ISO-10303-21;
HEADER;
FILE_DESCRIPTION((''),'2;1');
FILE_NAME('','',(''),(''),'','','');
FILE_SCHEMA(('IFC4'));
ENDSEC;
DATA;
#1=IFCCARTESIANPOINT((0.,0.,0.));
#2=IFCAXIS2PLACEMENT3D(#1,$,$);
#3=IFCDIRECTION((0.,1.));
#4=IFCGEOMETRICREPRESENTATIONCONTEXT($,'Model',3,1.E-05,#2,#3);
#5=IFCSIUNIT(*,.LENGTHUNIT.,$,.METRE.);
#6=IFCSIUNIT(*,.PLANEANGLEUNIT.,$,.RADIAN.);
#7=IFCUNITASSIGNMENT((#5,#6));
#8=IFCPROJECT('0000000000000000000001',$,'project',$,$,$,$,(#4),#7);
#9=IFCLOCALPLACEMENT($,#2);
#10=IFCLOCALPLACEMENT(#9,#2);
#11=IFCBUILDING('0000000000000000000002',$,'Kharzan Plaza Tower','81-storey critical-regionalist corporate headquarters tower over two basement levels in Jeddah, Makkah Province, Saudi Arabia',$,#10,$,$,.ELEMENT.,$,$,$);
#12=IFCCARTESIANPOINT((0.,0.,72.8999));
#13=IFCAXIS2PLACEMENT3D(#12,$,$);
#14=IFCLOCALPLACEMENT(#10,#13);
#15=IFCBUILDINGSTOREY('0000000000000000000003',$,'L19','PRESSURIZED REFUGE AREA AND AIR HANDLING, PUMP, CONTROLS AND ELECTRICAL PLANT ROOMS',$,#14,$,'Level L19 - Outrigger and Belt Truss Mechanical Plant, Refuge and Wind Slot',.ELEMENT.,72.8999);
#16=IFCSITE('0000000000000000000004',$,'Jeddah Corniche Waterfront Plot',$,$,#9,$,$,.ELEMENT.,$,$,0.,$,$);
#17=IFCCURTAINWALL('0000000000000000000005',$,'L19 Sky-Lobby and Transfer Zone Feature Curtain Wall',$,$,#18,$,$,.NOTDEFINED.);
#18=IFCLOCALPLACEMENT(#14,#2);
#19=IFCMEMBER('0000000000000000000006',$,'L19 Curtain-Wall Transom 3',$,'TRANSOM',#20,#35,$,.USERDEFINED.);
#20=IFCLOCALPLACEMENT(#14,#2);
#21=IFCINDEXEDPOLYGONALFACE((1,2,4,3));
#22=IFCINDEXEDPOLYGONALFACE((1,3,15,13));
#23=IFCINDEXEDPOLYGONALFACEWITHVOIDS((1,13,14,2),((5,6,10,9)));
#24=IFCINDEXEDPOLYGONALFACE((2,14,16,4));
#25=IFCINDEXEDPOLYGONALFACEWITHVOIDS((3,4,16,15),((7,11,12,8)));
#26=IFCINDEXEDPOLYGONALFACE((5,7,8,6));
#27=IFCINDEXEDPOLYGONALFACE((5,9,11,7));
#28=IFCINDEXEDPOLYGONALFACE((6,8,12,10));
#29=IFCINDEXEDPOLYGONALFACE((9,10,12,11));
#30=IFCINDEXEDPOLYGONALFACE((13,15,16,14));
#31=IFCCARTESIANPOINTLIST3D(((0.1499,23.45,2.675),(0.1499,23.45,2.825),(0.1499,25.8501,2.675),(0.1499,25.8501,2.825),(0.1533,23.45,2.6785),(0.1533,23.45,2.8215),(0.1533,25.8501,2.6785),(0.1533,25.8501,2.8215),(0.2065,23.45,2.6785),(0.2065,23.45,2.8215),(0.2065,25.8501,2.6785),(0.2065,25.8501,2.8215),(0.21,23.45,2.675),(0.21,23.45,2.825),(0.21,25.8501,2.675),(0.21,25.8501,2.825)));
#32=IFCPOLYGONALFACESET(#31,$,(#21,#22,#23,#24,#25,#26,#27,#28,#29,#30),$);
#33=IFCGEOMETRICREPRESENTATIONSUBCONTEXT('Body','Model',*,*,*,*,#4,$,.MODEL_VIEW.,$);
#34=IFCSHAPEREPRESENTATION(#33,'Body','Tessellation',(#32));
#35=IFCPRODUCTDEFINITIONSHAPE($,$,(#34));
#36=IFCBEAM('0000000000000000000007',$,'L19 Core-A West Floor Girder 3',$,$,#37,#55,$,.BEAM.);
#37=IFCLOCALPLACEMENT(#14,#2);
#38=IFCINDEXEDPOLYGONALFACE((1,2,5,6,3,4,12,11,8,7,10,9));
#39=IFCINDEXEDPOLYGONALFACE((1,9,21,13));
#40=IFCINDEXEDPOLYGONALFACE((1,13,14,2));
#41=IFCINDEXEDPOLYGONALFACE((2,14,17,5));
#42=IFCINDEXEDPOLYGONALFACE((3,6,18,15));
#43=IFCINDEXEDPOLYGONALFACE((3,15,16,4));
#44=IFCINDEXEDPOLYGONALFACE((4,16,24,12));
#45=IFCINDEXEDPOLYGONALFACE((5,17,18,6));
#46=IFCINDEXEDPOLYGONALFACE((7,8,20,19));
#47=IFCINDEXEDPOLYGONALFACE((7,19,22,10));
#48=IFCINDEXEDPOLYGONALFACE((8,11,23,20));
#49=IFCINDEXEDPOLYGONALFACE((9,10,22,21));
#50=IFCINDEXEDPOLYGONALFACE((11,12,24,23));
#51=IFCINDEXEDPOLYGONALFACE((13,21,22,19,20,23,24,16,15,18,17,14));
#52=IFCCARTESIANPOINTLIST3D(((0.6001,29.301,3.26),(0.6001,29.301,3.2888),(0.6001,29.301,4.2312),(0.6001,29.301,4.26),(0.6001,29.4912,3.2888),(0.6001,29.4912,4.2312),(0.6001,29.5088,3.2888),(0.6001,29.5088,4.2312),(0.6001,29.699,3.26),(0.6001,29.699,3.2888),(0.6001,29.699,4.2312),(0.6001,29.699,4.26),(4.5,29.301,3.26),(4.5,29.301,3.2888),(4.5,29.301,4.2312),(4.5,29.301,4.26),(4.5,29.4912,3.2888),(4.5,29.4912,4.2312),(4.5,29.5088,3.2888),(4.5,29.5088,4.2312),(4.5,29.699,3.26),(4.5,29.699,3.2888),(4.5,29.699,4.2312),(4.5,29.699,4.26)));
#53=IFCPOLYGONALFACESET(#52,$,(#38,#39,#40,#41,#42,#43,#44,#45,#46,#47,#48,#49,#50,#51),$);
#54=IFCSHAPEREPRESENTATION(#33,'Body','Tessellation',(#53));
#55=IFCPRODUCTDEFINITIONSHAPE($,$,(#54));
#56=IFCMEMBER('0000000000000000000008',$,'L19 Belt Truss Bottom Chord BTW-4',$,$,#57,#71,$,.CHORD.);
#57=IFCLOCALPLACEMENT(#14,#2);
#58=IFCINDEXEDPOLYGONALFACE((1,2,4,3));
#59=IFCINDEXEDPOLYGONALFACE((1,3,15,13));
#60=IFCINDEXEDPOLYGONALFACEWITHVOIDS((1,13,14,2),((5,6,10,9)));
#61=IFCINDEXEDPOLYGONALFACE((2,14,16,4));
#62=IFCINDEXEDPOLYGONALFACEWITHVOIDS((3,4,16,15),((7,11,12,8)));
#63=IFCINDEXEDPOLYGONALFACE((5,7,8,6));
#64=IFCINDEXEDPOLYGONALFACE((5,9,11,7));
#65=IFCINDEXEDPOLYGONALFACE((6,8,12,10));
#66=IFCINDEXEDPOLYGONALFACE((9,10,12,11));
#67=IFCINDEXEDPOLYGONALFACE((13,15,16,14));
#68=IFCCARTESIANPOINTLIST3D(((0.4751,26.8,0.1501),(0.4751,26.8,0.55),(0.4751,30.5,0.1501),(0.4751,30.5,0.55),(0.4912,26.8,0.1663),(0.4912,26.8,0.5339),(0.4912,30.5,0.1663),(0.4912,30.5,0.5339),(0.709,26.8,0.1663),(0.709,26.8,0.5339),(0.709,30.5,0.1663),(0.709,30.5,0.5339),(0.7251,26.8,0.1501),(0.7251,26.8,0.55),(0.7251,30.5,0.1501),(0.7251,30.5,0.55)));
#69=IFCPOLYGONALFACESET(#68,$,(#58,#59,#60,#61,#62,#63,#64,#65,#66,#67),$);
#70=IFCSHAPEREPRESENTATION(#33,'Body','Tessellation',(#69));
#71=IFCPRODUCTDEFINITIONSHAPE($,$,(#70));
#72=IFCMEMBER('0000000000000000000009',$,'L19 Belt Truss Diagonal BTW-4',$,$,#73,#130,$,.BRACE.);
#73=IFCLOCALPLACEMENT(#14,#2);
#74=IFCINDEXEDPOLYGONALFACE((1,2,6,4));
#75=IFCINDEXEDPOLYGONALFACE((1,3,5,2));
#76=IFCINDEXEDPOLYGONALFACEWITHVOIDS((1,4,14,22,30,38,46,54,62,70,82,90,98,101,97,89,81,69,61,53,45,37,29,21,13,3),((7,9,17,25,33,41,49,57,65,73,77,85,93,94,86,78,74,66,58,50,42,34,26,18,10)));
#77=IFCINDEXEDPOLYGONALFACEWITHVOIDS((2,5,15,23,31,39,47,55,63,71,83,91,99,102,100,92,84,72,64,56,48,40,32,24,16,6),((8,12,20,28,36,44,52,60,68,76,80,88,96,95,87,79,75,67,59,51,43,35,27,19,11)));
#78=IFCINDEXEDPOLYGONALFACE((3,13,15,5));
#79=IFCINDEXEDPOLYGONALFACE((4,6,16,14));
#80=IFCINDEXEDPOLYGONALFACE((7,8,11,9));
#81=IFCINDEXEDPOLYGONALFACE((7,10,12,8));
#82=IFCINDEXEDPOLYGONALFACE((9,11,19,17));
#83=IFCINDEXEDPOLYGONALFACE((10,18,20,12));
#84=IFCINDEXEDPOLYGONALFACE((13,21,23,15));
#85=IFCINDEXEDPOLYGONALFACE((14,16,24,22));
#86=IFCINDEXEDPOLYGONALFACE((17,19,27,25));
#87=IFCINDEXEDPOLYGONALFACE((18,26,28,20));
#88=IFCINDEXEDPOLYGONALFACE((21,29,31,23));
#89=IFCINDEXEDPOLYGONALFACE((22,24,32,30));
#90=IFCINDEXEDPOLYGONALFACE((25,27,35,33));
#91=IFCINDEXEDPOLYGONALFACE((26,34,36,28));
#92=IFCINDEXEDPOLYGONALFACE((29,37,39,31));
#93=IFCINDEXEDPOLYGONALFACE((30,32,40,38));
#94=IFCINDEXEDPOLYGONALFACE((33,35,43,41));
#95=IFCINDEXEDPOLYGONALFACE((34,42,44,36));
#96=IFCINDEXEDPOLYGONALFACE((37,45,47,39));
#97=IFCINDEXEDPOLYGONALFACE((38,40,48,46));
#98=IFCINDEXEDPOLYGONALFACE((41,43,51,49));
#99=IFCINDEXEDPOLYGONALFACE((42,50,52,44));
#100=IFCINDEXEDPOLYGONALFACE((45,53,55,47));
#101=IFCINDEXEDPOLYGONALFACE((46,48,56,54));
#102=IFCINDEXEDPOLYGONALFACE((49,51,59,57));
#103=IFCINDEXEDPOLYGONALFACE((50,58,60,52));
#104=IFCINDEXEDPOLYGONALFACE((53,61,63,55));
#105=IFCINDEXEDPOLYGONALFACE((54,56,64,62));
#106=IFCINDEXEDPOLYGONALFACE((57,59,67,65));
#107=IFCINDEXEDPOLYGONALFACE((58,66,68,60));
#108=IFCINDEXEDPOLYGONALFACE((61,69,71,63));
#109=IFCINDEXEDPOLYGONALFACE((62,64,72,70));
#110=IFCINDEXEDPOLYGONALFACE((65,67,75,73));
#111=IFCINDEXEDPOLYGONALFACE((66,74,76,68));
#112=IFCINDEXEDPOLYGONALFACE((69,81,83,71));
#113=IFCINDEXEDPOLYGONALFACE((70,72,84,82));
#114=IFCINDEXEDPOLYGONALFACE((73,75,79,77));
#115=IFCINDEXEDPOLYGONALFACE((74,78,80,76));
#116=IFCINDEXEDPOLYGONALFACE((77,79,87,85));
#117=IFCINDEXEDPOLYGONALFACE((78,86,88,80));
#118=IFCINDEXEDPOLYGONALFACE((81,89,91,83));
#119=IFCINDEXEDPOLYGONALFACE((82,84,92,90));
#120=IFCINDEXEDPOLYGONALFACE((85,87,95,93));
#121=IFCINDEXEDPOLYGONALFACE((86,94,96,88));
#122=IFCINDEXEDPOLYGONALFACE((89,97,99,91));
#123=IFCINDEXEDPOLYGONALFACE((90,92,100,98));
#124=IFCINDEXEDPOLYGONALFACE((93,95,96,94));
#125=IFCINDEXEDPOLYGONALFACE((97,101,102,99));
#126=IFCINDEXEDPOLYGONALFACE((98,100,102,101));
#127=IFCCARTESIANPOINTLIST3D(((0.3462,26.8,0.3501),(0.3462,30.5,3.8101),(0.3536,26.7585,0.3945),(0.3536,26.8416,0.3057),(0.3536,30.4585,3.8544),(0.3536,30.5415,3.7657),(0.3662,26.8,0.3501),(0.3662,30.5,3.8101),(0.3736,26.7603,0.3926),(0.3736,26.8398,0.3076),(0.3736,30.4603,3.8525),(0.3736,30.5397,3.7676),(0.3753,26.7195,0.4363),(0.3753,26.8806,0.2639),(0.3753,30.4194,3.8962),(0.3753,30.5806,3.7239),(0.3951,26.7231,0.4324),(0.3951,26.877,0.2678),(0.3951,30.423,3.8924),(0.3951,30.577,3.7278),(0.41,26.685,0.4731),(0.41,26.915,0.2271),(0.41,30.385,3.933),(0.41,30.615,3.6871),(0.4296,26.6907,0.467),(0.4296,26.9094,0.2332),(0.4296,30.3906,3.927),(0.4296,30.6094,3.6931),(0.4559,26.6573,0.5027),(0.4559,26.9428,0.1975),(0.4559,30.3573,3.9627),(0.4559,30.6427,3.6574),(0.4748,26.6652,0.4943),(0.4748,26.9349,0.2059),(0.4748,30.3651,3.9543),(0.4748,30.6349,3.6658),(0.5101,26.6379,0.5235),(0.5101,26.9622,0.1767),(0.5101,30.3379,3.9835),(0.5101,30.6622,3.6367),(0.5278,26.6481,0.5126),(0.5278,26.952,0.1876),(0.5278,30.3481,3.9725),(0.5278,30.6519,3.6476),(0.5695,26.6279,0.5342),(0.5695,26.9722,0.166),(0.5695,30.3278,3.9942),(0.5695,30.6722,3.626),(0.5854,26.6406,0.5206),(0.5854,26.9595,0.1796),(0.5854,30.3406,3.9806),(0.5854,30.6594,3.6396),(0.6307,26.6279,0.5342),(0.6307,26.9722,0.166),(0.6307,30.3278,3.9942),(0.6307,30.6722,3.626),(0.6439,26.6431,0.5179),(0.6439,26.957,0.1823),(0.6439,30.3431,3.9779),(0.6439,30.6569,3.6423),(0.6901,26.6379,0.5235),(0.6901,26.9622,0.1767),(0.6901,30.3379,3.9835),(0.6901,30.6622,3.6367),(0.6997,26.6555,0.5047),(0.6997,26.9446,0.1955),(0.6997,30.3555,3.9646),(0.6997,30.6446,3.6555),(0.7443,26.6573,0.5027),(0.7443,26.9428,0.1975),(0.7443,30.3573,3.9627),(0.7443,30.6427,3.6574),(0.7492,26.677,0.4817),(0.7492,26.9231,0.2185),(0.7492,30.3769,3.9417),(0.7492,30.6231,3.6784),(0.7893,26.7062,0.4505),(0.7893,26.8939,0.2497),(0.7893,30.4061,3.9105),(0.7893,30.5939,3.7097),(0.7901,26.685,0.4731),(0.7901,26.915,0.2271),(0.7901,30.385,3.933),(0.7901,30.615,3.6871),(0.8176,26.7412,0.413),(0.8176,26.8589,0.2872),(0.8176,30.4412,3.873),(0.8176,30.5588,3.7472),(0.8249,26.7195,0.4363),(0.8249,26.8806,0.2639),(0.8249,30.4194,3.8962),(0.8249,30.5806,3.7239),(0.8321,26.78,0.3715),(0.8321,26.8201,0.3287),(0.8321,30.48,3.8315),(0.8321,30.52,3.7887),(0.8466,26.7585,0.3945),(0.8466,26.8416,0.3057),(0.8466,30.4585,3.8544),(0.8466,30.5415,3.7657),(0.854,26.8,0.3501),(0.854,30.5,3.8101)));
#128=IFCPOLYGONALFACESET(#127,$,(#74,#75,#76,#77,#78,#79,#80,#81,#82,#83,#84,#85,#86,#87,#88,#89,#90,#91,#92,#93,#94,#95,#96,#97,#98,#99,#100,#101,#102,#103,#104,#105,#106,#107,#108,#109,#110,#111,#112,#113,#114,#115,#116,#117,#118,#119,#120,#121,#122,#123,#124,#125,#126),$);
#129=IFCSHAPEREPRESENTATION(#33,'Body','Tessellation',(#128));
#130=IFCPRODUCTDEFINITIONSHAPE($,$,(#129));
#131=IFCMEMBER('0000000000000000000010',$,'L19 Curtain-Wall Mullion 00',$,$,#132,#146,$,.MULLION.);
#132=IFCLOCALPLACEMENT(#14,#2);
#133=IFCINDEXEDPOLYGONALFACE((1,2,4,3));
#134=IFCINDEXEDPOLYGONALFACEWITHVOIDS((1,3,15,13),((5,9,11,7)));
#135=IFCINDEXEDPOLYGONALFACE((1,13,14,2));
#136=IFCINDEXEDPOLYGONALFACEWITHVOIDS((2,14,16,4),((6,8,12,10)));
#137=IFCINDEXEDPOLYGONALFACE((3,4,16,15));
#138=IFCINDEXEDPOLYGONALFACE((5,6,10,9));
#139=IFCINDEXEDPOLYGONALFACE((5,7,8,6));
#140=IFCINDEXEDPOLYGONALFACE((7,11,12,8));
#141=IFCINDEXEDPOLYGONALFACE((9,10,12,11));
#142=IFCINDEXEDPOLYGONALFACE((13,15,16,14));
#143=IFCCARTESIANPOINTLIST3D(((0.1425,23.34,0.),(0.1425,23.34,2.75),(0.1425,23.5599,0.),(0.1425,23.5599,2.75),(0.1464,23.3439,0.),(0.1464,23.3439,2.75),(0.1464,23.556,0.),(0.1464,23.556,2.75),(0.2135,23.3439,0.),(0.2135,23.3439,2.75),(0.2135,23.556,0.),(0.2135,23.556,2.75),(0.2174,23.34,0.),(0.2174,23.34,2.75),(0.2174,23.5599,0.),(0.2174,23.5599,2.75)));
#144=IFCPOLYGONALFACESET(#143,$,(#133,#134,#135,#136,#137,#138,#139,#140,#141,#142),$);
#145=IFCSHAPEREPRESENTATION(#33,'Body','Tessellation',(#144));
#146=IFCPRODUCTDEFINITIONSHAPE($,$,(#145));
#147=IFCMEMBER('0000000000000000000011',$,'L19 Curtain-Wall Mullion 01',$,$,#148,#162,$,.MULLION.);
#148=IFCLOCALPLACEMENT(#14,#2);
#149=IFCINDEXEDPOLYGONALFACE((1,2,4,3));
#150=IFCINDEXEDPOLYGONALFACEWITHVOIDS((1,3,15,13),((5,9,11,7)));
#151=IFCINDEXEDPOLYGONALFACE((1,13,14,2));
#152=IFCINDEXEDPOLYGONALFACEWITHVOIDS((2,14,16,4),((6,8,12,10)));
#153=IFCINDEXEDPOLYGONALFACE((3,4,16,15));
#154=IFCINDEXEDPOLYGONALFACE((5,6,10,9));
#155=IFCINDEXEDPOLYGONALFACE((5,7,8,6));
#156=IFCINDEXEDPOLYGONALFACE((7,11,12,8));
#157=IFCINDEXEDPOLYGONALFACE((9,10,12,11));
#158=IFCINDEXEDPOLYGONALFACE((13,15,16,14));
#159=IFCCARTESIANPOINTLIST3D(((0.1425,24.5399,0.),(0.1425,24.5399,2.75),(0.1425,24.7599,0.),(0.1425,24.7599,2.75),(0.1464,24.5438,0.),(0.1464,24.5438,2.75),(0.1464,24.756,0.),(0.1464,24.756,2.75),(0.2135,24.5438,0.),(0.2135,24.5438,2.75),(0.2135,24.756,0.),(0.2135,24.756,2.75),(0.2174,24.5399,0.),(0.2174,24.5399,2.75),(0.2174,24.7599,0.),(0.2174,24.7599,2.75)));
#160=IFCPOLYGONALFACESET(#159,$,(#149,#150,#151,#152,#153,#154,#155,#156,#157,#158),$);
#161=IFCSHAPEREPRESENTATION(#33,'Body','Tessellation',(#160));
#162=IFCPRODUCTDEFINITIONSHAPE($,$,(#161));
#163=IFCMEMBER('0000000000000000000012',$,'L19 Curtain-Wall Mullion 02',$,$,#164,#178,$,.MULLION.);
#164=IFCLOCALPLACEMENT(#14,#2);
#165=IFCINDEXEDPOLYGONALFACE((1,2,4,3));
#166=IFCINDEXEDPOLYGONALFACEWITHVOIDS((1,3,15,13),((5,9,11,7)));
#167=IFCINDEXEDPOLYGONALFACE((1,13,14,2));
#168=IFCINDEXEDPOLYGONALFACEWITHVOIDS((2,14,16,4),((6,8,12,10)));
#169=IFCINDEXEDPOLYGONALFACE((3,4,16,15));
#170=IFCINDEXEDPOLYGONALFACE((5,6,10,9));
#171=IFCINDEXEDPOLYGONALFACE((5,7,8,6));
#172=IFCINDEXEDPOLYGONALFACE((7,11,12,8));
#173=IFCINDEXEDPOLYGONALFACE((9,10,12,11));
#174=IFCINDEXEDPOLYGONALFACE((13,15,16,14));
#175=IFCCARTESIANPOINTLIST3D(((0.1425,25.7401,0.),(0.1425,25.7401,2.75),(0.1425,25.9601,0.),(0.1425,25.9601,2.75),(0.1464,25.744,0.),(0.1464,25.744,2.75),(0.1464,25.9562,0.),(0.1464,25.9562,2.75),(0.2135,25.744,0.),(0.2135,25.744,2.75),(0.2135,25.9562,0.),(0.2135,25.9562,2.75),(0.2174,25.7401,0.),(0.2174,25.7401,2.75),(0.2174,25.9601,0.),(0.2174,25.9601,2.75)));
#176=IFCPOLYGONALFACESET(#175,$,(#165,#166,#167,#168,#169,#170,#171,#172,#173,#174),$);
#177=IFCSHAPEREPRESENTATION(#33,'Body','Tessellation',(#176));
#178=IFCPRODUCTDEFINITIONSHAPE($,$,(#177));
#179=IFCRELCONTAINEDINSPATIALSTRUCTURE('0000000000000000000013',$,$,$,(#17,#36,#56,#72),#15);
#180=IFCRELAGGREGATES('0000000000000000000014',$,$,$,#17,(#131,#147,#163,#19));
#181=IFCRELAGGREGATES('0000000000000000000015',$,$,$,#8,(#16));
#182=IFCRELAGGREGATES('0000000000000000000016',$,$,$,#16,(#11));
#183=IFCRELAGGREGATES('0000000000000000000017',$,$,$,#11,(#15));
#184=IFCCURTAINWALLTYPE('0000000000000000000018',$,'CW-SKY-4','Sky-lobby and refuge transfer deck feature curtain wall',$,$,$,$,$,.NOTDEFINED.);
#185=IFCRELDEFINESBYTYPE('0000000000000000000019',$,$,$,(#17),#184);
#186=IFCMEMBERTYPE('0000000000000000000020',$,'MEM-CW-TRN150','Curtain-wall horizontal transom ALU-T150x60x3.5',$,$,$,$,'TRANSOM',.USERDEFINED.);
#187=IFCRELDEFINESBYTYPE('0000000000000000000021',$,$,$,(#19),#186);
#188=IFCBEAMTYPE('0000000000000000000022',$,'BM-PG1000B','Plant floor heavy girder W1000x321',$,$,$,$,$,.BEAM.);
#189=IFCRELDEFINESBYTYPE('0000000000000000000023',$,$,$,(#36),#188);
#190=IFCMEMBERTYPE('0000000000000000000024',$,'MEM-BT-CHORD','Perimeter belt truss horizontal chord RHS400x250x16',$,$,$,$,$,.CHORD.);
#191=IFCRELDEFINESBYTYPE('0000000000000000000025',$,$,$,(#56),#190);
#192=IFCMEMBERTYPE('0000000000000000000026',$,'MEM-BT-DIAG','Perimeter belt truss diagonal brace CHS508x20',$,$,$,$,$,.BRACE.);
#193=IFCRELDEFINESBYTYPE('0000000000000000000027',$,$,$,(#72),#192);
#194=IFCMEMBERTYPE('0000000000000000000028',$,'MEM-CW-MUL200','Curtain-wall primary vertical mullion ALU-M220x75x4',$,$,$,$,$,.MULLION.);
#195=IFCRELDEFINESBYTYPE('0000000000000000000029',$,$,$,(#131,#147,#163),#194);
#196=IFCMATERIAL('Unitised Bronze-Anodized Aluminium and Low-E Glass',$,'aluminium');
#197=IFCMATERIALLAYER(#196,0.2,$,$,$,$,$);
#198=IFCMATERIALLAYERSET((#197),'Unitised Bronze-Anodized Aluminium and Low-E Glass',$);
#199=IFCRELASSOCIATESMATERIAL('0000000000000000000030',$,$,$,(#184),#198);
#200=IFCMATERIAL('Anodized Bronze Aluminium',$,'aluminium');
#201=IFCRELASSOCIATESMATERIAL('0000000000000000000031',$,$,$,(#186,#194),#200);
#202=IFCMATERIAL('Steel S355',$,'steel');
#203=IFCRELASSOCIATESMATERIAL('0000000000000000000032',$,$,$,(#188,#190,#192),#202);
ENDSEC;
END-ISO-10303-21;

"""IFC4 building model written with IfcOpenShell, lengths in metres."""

from ifc_helpers import new_model, si_unit, direction, frame, origin, origin_2d, place, context, subcontext, project, spatial, hollow_rectangle, hollow_circle, i_section, extrude, source, transform, mapped, material, layer, layer_set, material_profile, profile_set, type_object, element, aggregate, save


model = new_model("IFC4")

# Units and contexts
model_context = context("Model", 3, precision=1e-05, world=origin(), true_north=direction((0.0, 1.0)))
body_context = subcontext(model_context, "Body", "Model", "MODEL_VIEW")
ifc_project = project(units=[si_unit("LENGTHUNIT", "METRE"), si_unit("PLANEANGLEUNIT", "RADIAN")], contexts=[model_context])

# Site, building, storey
site_placement = place(None, origin())
site = spatial("IfcSite", under=ifc_project, at=site_placement, Name="Jeddah Corniche Waterfront Plot", CompositionType="ELEMENT", RefElevation=0.0)
building_placement = place(site_placement, origin())
building = spatial("IfcBuilding", under=site, at=building_placement, Name="Kharzan Plaza Tower", Description="81-storey critical-regionalist corporate headquarters tower over two basement levels in Jeddah, Makkah Province, Saudi Arabia", CompositionType="ELEMENT")
storey_placement = place(building_placement, frame((0.0, 0.0, 72.8999)))
storey = spatial("IfcBuildingStorey", under=building, at=storey_placement, Name="L19", Description="PRESSURIZED REFUGE AREA AND AIR HANDLING, PUMP, CONTROLS AND ELECTRICAL PLANT ROOMS", LongName="Level L19 - Outrigger and Belt Truss Mechanical Plant, Refuge and Wind Slot", CompositionType="ELEMENT", Elevation=72.8999)

# Shared definitions
ifc_material_1 = material(Name="Steel S355", Category="steel")

# Curtain wall, member
ifc_material_2 = material(Name="Unitised Bronze-Anodized Aluminium and Low-E Glass", Category="aluminium")
ifc_layer_1 = layer(ifc_material_2, 0.2)
ifc_layer_set_1 = layer_set([ifc_layer_1], Name="Unitised Bronze-Anodized Aluminium and Low-E Glass")
curtain_wall_type = type_object("IfcCurtainWallType", Name="CW-SKY-4", Description="Sky-lobby and refuge transfer deck feature curtain wall", PredefinedType="NOTDEFINED", material=ifc_layer_set_1)
curtain_wall_placement = place(storey_placement, origin())
curtain_wall = element("IfcCurtainWall", 1, at=curtain_wall_placement, inside=storey, type_object=curtain_wall_type, Name="L19 Sky-Lobby and Transfer Zone Feature Curtain Wall", PredefinedType="NOTDEFINED")
ifc_material_3 = material(Name="Anodized Bronze Aluminium", Category="aluminium")
ifc_material_profile_1 = material_profile(ifc_material_3, hollow_rectangle(XDim=0.0601, YDim=0.1499, WallThickness=0.0034, at=origin_2d()), Name="ALU-T150x60x3.5")
ifc_profile_set_1 = profile_set([ifc_material_profile_1], Name="Anodized Bronze Aluminium")
member_type_1 = type_object("IfcMemberType", Name="MEM-CW-TRN150", Description="Curtain-wall horizontal transom ALU-T150x60x3.5", ElementType="TRANSOM", PredefinedType="USERDEFINED", material=ifc_profile_set_1)
shared_shape_1 = source(origin(), body_context, "Body", "SweptSolid", [
    extrude(hollow_rectangle(XDim=0.0601, YDim=0.1499, WallThickness=0.0034, at=origin_2d()), origin(), (0.0, 0.0, 1.0), 2.4001),
])
member_1_placement = place(storey_placement, frame((0.1799, 23.45, 2.75), z_axis=(0.0, 1.0, 0.0), x_axis=(-1.0, 0.0, 0.0)))
member_1 = element("IfcMember", 2, at=member_1_placement, type_object=member_type_1, Name="L19 Curtain-Wall Transom 3", ObjectType="TRANSOM", PredefinedType="USERDEFINED", context=body_context, shape_type="MappedRepresentation", body=[
    mapped(shared_shape_1, transform((0.0, 0.0, 0.0), x_axis=(1.0, 0.0, 0.0), y_axis=(0.0, 1.0, 0.0), z_axis=(0.0, 0.0, 1.0))),
])

# Beam
ifc_material_profile_2 = material_profile(ifc_material_1, i_section(OverallWidth=0.3979, OverallDepth=1.0, WebThickness=0.0176, FlangeThickness=0.0288, at=origin_2d()), Name="W1000x321")
ifc_profile_set_2 = profile_set([ifc_material_profile_2], Name="Steel S355")
beam_type_1 = type_object("IfcBeamType", Name="BM-PG1000B", Description="Plant floor heavy girder W1000x321", PredefinedType="BEAM", material=ifc_profile_set_2)
shared_shape_2 = source(origin(), body_context, "Body", "SweptSolid", [
    extrude(i_section(OverallWidth=0.3979, OverallDepth=1.0, WebThickness=0.0176, FlangeThickness=0.0288, at=origin_2d()), origin(), (0.0, 0.0, 1.0), 3.8999),
])
beam_1_placement = place(storey_placement, frame((0.6001, 29.5, 3.76), z_axis=(1.0, 0.0, 0.0), x_axis=(0.0, 1.0, 0.0)))
element("IfcBeam", 3, at=beam_1_placement, inside=storey, type_object=beam_type_1, Name="L19 Core-A West Floor Girder 3", PredefinedType="BEAM", context=body_context, shape_type="MappedRepresentation", body=[
    mapped(shared_shape_2, transform((0.0, 0.0, 0.0), x_axis=(1.0, 0.0, 0.0), y_axis=(0.0, 1.0, 0.0), z_axis=(0.0, 0.0, 1.0))),
])

# Members
ifc_material_profile_3 = material_profile(ifc_material_1, hollow_rectangle(XDim=0.25, YDim=0.3999, WallThickness=0.0161, at=origin_2d()), Name="RHS400x250x16")
ifc_profile_set_3 = profile_set([ifc_material_profile_3], Name="Steel S355")
member_type_2 = type_object("IfcMemberType", Name="MEM-BT-CHORD", Description="Perimeter belt truss horizontal chord RHS400x250x16", PredefinedType="CHORD", material=ifc_profile_set_3)
shared_shape_3 = source(origin(), body_context, "Body", "SweptSolid", [
    extrude(hollow_rectangle(XDim=0.25, YDim=0.3999, WallThickness=0.0161, at=origin_2d()), origin(), (0.0, 0.0, 1.0), 3.7),
])
member_2_placement = place(storey_placement, frame((0.6001, 26.8, 0.3501), z_axis=(0.0, 1.0, 0.0), x_axis=(-1.0, 0.0, 0.0)))
element("IfcMember", 4, at=member_2_placement, inside=storey, type_object=member_type_2, Name="L19 Belt Truss Bottom Chord BTW-4", PredefinedType="CHORD", context=body_context, shape_type="MappedRepresentation", body=[
    mapped(shared_shape_3, transform((0.0, 0.0, 0.0), x_axis=(1.0, 0.0, 0.0), y_axis=(0.0, 1.0, 0.0), z_axis=(0.0, 0.0, 1.0))),
])
ifc_material_profile_4 = material_profile(ifc_material_1, hollow_circle(Radius=0.2539, WallThickness=0.02, at=origin_2d()), Name="CHS508x20")
ifc_profile_set_4 = profile_set([ifc_material_profile_4], Name="Steel S355")
member_type_3 = type_object("IfcMemberType", Name="MEM-BT-DIAG", Description="Perimeter belt truss diagonal brace CHS508x20", PredefinedType="BRACE", material=ifc_profile_set_4)
shared_shape_4 = source(origin(), body_context, "Body", "SweptSolid", [
    extrude(hollow_circle(Radius=0.2539, WallThickness=0.02, at=origin_2d()), origin(), (0.0, 0.0, 1.0), 5.0657),
])
member_3_placement = place(storey_placement, frame((0.6001, 26.8, 0.3501), z_axis=(0.0, 0.730398, 0.683022), x_axis=(-1.0, 0.0, 0.0)))
element("IfcMember", 5, at=member_3_placement, inside=storey, type_object=member_type_3, Name="L19 Belt Truss Diagonal BTW-4", PredefinedType="BRACE", context=body_context, shape_type="MappedRepresentation", body=[
    mapped(shared_shape_4, transform((0.0, 0.0, 0.0), x_axis=(1.0, 0.0, 0.0), y_axis=(0.0, 1.0, 0.0), z_axis=(0.0, 0.0, 1.0))),
])

# Members
ifc_material_profile_5 = material_profile(ifc_material_3, hollow_rectangle(XDim=0.075, YDim=0.22, WallThickness=0.0039, at=origin_2d()), Name="ALU-M220x75x4")
ifc_profile_set_5 = profile_set([ifc_material_profile_5], Name="Anodized Bronze Aluminium")
member_type_4 = type_object("IfcMemberType", Name="MEM-CW-MUL200", Description="Curtain-wall primary vertical mullion ALU-M220x75x4", PredefinedType="MULLION", material=ifc_profile_set_5)
shared_shape_5 = source(origin(), body_context, "Body", "SweptSolid", [
    extrude(hollow_rectangle(XDim=0.075, YDim=0.22, WallThickness=0.0039, at=origin_2d()), origin(), (0.0, 0.0, 1.0), 2.75),
])
member_4_placement = place(storey_placement, frame((0.1799, 23.45, 0.0), z_axis=(0.0, 0.0, 1.0), x_axis=(1.0, 0.0, 0.0)))
member_4 = element("IfcMember", 6, at=member_4_placement, type_object=member_type_4, Name="L19 Curtain-Wall Mullion 00", PredefinedType="MULLION", context=body_context, shape_type="MappedRepresentation", body=[
    mapped(shared_shape_5, transform((0.0, 0.0, 0.0), x_axis=(1.0, 0.0, 0.0), y_axis=(0.0, 1.0, 0.0), z_axis=(0.0, 0.0, 1.0))),
])
member_5_placement = place(storey_placement, frame((0.1799, 24.6499, 0.0), z_axis=(0.0, 0.0, 1.0), x_axis=(1.0, 0.0, 0.0)))
member_5 = element("IfcMember", 7, at=member_5_placement, type_object=member_type_4, Name="L19 Curtain-Wall Mullion 01", PredefinedType="MULLION", context=body_context, shape_type="MappedRepresentation", body=[
    mapped(shared_shape_5, transform((0.0, 0.0, 0.0), x_axis=(1.0, 0.0, 0.0), y_axis=(0.0, 1.0, 0.0), z_axis=(0.0, 0.0, 1.0))),
])
member_6_placement = place(storey_placement, frame((0.1799, 25.8501, 0.0), z_axis=(0.0, 0.0, 1.0), x_axis=(1.0, 0.0, 0.0)))
member_6 = element("IfcMember", 8, at=member_6_placement, type_object=member_type_4, Name="L19 Curtain-Wall Mullion 02", PredefinedType="MULLION", context=body_context, shape_type="MappedRepresentation", body=[
    mapped(shared_shape_5, transform((0.0, 0.0, 0.0), x_axis=(1.0, 0.0, 0.0), y_axis=(0.0, 1.0, 0.0), z_axis=(0.0, 0.0, 1.0))),
])

aggregate(curtain_wall, [member_4, member_5, member_6, member_1])

save(model, "model.ifc")
